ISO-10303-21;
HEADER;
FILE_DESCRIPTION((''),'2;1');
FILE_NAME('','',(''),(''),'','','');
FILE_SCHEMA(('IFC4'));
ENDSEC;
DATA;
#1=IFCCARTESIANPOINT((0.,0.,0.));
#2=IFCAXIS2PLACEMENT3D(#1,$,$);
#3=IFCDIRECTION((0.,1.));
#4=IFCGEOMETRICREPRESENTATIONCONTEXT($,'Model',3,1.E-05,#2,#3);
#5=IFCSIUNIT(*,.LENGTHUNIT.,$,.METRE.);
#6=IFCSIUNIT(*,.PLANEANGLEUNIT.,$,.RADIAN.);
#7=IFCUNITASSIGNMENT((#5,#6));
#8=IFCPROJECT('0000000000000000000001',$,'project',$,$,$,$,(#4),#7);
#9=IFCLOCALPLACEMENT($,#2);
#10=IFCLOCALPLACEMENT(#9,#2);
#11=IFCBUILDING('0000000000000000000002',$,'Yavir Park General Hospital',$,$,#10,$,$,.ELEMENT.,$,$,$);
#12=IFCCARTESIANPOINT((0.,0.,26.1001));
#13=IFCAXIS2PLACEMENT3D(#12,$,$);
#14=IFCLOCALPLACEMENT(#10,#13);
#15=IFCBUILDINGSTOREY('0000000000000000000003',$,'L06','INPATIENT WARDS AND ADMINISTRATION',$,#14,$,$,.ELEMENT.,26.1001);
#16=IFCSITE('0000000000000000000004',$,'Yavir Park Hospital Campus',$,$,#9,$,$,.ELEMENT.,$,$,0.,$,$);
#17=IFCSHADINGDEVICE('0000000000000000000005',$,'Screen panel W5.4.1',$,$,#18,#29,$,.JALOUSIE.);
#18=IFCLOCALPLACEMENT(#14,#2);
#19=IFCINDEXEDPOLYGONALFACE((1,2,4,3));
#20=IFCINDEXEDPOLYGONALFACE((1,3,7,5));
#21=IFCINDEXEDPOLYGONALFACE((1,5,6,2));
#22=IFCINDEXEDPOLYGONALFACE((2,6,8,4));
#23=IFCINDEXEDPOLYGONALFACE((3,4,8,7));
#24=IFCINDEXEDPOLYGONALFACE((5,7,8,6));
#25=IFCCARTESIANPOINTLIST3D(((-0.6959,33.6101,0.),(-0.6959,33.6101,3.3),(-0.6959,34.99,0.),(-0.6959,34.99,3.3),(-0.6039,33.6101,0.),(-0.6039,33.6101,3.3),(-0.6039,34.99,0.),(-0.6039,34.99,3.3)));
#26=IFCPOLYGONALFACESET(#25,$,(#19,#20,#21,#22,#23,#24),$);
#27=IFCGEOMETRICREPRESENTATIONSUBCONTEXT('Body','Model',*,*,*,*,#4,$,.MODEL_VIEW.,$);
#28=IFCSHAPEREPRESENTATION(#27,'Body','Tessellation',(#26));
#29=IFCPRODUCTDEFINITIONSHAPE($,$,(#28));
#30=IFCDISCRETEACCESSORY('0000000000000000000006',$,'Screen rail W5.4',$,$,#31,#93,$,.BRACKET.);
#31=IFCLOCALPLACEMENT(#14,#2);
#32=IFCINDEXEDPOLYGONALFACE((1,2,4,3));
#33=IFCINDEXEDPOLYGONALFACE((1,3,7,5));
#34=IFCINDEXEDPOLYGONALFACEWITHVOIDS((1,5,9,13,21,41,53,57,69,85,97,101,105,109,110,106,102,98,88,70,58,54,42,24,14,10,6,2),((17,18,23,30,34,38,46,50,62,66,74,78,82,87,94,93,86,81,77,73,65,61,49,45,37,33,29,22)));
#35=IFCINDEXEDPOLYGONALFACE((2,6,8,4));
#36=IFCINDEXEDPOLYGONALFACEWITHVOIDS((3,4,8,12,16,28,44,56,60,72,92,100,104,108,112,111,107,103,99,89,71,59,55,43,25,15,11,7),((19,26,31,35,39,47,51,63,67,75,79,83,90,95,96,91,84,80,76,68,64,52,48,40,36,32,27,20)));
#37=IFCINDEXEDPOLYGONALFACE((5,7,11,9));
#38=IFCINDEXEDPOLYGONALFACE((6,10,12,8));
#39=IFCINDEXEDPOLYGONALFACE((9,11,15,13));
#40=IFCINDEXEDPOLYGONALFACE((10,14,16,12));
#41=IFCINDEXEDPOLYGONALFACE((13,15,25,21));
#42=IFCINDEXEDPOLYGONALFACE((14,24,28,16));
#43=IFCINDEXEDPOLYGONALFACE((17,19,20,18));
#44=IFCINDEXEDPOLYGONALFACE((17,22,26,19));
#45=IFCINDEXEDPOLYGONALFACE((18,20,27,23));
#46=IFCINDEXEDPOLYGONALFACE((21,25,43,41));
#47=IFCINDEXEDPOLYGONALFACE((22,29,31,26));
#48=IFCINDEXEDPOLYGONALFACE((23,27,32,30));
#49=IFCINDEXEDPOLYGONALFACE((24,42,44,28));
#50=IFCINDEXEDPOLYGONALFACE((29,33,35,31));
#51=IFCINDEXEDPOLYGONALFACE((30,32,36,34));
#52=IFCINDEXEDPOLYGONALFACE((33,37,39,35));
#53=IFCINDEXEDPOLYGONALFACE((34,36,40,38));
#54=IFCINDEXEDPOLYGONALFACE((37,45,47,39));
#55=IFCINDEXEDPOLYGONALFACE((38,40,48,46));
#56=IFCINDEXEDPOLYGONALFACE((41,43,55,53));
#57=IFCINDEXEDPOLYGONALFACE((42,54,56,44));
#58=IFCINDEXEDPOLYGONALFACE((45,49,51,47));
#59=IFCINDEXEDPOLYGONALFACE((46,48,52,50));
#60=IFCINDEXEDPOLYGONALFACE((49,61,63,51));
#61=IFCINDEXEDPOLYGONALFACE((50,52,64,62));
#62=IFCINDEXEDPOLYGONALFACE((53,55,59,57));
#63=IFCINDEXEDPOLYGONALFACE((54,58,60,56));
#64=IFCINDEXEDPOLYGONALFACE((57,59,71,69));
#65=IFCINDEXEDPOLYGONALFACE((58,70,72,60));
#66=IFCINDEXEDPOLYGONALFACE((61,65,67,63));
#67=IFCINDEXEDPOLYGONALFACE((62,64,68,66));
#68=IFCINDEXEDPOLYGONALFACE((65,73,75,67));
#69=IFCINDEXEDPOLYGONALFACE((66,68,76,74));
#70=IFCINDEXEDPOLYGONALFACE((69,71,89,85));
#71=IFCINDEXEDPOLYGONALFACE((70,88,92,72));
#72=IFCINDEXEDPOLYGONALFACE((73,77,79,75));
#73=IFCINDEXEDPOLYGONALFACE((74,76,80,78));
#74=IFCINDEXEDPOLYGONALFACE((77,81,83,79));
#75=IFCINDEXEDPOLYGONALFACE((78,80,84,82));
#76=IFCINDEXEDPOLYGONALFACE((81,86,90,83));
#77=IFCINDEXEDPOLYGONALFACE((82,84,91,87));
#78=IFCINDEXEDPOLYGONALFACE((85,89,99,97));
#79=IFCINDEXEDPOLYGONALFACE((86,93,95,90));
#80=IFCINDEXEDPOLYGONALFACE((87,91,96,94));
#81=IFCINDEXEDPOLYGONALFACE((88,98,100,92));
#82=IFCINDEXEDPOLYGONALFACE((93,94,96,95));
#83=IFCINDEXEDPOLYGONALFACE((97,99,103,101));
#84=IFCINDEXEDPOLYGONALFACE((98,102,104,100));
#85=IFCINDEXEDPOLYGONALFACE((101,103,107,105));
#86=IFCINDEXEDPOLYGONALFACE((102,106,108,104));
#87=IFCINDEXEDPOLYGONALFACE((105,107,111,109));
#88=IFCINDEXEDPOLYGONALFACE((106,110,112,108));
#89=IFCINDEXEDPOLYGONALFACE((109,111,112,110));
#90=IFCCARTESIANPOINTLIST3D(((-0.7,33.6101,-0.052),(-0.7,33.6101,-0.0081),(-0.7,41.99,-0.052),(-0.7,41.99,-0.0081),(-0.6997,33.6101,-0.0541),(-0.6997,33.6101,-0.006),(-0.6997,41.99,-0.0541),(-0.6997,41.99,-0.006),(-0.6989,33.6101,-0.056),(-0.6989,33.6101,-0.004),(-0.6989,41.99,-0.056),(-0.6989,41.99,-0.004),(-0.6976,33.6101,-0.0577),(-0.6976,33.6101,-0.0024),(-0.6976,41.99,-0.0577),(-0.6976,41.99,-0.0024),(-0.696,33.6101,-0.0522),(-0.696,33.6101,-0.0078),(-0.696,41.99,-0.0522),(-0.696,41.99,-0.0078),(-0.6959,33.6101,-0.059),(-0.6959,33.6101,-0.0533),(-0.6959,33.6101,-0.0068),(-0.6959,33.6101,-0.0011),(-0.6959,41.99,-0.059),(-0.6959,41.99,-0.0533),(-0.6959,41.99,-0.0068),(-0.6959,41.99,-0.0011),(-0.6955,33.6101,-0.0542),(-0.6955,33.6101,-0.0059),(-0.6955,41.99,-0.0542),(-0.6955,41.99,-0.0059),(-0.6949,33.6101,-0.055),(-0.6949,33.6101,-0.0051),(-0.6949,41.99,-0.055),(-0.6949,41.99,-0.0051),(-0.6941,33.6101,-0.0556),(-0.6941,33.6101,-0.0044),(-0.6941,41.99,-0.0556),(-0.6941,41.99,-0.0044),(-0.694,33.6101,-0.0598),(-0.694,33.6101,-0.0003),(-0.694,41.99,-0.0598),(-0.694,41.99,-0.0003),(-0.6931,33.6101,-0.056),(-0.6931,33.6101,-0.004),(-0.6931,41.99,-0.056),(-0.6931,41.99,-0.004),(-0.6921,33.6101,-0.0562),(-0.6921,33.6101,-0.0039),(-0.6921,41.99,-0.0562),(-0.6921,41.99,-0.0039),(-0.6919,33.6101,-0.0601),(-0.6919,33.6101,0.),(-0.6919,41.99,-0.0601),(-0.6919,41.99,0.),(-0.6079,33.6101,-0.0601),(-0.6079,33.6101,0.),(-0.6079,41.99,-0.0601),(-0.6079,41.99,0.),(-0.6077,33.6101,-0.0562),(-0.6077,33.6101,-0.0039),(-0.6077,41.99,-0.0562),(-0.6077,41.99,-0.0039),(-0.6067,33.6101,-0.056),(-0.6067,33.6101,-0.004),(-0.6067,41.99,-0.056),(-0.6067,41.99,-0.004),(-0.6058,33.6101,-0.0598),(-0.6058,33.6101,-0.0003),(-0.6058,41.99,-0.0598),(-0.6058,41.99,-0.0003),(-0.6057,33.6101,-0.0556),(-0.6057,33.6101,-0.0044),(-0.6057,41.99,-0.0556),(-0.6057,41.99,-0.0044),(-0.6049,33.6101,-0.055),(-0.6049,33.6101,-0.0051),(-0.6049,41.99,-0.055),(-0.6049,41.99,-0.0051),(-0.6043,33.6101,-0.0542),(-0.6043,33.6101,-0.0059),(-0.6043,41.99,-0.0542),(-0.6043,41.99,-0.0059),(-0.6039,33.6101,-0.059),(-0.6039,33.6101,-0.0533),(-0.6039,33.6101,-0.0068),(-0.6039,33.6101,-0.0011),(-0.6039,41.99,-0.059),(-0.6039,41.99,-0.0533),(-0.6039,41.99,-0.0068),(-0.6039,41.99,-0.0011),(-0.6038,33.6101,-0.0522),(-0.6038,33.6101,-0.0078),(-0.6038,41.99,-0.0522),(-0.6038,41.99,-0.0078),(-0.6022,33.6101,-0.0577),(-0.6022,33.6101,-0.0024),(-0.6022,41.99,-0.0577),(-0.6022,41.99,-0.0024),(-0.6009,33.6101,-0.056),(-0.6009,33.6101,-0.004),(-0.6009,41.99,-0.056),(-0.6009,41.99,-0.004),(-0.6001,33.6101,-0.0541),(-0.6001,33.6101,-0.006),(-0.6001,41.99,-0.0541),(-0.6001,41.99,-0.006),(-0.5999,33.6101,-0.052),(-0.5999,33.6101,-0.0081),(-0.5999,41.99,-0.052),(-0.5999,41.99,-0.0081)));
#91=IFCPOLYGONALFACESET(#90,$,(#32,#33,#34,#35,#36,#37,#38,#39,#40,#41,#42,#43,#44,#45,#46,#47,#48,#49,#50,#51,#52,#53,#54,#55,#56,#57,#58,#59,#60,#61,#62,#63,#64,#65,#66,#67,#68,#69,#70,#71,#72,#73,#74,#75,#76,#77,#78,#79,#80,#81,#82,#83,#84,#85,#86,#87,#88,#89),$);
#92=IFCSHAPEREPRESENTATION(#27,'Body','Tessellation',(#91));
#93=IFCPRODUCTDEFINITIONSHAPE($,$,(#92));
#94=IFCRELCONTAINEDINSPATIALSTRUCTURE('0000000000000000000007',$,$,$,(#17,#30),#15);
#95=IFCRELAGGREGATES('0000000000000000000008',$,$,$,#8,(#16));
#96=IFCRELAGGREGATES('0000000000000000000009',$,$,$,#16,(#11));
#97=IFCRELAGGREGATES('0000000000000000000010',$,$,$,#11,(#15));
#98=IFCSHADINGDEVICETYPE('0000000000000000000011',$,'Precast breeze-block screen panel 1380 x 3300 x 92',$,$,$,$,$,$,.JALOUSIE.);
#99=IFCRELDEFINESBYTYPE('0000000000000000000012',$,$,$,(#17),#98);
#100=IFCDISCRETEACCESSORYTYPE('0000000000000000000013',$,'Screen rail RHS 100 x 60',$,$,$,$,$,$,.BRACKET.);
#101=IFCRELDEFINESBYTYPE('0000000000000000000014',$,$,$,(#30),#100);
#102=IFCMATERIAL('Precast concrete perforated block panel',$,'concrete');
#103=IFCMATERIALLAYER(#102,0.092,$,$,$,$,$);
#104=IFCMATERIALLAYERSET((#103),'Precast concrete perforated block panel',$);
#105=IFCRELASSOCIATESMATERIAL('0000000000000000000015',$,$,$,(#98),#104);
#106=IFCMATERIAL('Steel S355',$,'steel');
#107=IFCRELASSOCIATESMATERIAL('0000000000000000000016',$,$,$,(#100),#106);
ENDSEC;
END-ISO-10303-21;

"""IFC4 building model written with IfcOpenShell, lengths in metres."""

from ifc_helpers import new_model, si_unit, direction, frame, origin, origin_2d, place, context, subcontext, project, spatial, rectangle, hollow_rectangle, extrude, material, layer, layer_set, material_profile, profile_set, type_object, element, save


model = new_model("IFC4")

# Units and contexts
model_context = context("Model", 3, precision=1e-05, world=origin(), true_north=direction((0.0, 1.0)))
body_context = subcontext(model_context, "Body", "Model", "MODEL_VIEW")
ifc_project = project(units=[si_unit("LENGTHUNIT", "METRE"), si_unit("PLANEANGLEUNIT", "RADIAN")], contexts=[model_context])

# Site, building, storey
site_placement = place(None, origin())
site = spatial("IfcSite", under=ifc_project, at=site_placement, Name="Yavir Park Hospital Campus", CompositionType="ELEMENT", RefElevation=0.0)
building_placement = place(site_placement, origin())
building = spatial("IfcBuilding", under=site, at=building_placement, Name="Yavir Park General Hospital", CompositionType="ELEMENT")
storey_placement = place(building_placement, frame((0.0, 0.0, 26.1001)))
storey = spatial("IfcBuildingStorey", under=building, at=storey_placement, Name="L06", Description="INPATIENT WARDS AND ADMINISTRATION", CompositionType="ELEMENT", Elevation=26.1001)

# Shading device
ifc_material_1 = material(Name="Precast concrete perforated block panel", Category="concrete")
ifc_layer_1 = layer(ifc_material_1, 0.092)
ifc_layer_set_1 = layer_set([ifc_layer_1], Name="Precast concrete perforated block panel")
shading_device_type = type_object("IfcShadingDeviceType", Name="Precast breeze-block screen panel 1380 x 3300 x 92", PredefinedType="JALOUSIE", material=ifc_layer_set_1)
shading_device_placement = place(storey_placement, frame((-0.6499, 34.3, 0.0), z_axis=(0.0, 0.0, 1.0), x_axis=(1.0, 0.0, 0.0)))
element("IfcShadingDevice", 1, at=shading_device_placement, inside=storey, type_object=shading_device_type, Name="Screen panel W5.4.1", PredefinedType="JALOUSIE", context=body_context, shape_type="SweptSolid", body=[
    extrude(rectangle(XDim=0.092, YDim=1.3799, at=origin_2d()), origin(), (0.0, 0.0, 1.0), 3.3),
])

# Discrete accessory
ifc_material_2 = material(Name="Steel S355", Category="steel")
ifc_material_profile_1 = material_profile(ifc_material_2, hollow_rectangle(XDim=0.1001, YDim=0.0601, WallThickness=0.0039, InnerFilletRadius=0.0039, OuterFilletRadius=0.0081, at=origin_2d()), Name="RHS60x100x4")
ifc_profile_set_1 = profile_set([ifc_material_profile_1], Name="Steel S355")
discrete_accessory_type = type_object("IfcDiscreteAccessoryType", Name="Screen rail RHS 100 x 60", PredefinedType="BRACKET", material=ifc_profile_set_1)
discrete_accessory_placement = place(storey_placement, frame((-0.6499, 33.6101, -0.03), z_axis=(0.0, 1.0, 0.0), x_axis=(-1.0, 0.0, 0.0)))
element("IfcDiscreteAccessory", 2, at=discrete_accessory_placement, inside=storey, type_object=discrete_accessory_type, Name="Screen rail W5.4", PredefinedType="BRACKET", context=body_context, shape_type="SweptSolid", body=[
    extrude(hollow_rectangle(XDim=0.1001, YDim=0.0601, WallThickness=0.0039, InnerFilletRadius=0.0039, OuterFilletRadius=0.0081, at=origin_2d()), origin(), (0.0, 0.0, 1.0), 8.3799),
])

save(model, "model.ifc")
